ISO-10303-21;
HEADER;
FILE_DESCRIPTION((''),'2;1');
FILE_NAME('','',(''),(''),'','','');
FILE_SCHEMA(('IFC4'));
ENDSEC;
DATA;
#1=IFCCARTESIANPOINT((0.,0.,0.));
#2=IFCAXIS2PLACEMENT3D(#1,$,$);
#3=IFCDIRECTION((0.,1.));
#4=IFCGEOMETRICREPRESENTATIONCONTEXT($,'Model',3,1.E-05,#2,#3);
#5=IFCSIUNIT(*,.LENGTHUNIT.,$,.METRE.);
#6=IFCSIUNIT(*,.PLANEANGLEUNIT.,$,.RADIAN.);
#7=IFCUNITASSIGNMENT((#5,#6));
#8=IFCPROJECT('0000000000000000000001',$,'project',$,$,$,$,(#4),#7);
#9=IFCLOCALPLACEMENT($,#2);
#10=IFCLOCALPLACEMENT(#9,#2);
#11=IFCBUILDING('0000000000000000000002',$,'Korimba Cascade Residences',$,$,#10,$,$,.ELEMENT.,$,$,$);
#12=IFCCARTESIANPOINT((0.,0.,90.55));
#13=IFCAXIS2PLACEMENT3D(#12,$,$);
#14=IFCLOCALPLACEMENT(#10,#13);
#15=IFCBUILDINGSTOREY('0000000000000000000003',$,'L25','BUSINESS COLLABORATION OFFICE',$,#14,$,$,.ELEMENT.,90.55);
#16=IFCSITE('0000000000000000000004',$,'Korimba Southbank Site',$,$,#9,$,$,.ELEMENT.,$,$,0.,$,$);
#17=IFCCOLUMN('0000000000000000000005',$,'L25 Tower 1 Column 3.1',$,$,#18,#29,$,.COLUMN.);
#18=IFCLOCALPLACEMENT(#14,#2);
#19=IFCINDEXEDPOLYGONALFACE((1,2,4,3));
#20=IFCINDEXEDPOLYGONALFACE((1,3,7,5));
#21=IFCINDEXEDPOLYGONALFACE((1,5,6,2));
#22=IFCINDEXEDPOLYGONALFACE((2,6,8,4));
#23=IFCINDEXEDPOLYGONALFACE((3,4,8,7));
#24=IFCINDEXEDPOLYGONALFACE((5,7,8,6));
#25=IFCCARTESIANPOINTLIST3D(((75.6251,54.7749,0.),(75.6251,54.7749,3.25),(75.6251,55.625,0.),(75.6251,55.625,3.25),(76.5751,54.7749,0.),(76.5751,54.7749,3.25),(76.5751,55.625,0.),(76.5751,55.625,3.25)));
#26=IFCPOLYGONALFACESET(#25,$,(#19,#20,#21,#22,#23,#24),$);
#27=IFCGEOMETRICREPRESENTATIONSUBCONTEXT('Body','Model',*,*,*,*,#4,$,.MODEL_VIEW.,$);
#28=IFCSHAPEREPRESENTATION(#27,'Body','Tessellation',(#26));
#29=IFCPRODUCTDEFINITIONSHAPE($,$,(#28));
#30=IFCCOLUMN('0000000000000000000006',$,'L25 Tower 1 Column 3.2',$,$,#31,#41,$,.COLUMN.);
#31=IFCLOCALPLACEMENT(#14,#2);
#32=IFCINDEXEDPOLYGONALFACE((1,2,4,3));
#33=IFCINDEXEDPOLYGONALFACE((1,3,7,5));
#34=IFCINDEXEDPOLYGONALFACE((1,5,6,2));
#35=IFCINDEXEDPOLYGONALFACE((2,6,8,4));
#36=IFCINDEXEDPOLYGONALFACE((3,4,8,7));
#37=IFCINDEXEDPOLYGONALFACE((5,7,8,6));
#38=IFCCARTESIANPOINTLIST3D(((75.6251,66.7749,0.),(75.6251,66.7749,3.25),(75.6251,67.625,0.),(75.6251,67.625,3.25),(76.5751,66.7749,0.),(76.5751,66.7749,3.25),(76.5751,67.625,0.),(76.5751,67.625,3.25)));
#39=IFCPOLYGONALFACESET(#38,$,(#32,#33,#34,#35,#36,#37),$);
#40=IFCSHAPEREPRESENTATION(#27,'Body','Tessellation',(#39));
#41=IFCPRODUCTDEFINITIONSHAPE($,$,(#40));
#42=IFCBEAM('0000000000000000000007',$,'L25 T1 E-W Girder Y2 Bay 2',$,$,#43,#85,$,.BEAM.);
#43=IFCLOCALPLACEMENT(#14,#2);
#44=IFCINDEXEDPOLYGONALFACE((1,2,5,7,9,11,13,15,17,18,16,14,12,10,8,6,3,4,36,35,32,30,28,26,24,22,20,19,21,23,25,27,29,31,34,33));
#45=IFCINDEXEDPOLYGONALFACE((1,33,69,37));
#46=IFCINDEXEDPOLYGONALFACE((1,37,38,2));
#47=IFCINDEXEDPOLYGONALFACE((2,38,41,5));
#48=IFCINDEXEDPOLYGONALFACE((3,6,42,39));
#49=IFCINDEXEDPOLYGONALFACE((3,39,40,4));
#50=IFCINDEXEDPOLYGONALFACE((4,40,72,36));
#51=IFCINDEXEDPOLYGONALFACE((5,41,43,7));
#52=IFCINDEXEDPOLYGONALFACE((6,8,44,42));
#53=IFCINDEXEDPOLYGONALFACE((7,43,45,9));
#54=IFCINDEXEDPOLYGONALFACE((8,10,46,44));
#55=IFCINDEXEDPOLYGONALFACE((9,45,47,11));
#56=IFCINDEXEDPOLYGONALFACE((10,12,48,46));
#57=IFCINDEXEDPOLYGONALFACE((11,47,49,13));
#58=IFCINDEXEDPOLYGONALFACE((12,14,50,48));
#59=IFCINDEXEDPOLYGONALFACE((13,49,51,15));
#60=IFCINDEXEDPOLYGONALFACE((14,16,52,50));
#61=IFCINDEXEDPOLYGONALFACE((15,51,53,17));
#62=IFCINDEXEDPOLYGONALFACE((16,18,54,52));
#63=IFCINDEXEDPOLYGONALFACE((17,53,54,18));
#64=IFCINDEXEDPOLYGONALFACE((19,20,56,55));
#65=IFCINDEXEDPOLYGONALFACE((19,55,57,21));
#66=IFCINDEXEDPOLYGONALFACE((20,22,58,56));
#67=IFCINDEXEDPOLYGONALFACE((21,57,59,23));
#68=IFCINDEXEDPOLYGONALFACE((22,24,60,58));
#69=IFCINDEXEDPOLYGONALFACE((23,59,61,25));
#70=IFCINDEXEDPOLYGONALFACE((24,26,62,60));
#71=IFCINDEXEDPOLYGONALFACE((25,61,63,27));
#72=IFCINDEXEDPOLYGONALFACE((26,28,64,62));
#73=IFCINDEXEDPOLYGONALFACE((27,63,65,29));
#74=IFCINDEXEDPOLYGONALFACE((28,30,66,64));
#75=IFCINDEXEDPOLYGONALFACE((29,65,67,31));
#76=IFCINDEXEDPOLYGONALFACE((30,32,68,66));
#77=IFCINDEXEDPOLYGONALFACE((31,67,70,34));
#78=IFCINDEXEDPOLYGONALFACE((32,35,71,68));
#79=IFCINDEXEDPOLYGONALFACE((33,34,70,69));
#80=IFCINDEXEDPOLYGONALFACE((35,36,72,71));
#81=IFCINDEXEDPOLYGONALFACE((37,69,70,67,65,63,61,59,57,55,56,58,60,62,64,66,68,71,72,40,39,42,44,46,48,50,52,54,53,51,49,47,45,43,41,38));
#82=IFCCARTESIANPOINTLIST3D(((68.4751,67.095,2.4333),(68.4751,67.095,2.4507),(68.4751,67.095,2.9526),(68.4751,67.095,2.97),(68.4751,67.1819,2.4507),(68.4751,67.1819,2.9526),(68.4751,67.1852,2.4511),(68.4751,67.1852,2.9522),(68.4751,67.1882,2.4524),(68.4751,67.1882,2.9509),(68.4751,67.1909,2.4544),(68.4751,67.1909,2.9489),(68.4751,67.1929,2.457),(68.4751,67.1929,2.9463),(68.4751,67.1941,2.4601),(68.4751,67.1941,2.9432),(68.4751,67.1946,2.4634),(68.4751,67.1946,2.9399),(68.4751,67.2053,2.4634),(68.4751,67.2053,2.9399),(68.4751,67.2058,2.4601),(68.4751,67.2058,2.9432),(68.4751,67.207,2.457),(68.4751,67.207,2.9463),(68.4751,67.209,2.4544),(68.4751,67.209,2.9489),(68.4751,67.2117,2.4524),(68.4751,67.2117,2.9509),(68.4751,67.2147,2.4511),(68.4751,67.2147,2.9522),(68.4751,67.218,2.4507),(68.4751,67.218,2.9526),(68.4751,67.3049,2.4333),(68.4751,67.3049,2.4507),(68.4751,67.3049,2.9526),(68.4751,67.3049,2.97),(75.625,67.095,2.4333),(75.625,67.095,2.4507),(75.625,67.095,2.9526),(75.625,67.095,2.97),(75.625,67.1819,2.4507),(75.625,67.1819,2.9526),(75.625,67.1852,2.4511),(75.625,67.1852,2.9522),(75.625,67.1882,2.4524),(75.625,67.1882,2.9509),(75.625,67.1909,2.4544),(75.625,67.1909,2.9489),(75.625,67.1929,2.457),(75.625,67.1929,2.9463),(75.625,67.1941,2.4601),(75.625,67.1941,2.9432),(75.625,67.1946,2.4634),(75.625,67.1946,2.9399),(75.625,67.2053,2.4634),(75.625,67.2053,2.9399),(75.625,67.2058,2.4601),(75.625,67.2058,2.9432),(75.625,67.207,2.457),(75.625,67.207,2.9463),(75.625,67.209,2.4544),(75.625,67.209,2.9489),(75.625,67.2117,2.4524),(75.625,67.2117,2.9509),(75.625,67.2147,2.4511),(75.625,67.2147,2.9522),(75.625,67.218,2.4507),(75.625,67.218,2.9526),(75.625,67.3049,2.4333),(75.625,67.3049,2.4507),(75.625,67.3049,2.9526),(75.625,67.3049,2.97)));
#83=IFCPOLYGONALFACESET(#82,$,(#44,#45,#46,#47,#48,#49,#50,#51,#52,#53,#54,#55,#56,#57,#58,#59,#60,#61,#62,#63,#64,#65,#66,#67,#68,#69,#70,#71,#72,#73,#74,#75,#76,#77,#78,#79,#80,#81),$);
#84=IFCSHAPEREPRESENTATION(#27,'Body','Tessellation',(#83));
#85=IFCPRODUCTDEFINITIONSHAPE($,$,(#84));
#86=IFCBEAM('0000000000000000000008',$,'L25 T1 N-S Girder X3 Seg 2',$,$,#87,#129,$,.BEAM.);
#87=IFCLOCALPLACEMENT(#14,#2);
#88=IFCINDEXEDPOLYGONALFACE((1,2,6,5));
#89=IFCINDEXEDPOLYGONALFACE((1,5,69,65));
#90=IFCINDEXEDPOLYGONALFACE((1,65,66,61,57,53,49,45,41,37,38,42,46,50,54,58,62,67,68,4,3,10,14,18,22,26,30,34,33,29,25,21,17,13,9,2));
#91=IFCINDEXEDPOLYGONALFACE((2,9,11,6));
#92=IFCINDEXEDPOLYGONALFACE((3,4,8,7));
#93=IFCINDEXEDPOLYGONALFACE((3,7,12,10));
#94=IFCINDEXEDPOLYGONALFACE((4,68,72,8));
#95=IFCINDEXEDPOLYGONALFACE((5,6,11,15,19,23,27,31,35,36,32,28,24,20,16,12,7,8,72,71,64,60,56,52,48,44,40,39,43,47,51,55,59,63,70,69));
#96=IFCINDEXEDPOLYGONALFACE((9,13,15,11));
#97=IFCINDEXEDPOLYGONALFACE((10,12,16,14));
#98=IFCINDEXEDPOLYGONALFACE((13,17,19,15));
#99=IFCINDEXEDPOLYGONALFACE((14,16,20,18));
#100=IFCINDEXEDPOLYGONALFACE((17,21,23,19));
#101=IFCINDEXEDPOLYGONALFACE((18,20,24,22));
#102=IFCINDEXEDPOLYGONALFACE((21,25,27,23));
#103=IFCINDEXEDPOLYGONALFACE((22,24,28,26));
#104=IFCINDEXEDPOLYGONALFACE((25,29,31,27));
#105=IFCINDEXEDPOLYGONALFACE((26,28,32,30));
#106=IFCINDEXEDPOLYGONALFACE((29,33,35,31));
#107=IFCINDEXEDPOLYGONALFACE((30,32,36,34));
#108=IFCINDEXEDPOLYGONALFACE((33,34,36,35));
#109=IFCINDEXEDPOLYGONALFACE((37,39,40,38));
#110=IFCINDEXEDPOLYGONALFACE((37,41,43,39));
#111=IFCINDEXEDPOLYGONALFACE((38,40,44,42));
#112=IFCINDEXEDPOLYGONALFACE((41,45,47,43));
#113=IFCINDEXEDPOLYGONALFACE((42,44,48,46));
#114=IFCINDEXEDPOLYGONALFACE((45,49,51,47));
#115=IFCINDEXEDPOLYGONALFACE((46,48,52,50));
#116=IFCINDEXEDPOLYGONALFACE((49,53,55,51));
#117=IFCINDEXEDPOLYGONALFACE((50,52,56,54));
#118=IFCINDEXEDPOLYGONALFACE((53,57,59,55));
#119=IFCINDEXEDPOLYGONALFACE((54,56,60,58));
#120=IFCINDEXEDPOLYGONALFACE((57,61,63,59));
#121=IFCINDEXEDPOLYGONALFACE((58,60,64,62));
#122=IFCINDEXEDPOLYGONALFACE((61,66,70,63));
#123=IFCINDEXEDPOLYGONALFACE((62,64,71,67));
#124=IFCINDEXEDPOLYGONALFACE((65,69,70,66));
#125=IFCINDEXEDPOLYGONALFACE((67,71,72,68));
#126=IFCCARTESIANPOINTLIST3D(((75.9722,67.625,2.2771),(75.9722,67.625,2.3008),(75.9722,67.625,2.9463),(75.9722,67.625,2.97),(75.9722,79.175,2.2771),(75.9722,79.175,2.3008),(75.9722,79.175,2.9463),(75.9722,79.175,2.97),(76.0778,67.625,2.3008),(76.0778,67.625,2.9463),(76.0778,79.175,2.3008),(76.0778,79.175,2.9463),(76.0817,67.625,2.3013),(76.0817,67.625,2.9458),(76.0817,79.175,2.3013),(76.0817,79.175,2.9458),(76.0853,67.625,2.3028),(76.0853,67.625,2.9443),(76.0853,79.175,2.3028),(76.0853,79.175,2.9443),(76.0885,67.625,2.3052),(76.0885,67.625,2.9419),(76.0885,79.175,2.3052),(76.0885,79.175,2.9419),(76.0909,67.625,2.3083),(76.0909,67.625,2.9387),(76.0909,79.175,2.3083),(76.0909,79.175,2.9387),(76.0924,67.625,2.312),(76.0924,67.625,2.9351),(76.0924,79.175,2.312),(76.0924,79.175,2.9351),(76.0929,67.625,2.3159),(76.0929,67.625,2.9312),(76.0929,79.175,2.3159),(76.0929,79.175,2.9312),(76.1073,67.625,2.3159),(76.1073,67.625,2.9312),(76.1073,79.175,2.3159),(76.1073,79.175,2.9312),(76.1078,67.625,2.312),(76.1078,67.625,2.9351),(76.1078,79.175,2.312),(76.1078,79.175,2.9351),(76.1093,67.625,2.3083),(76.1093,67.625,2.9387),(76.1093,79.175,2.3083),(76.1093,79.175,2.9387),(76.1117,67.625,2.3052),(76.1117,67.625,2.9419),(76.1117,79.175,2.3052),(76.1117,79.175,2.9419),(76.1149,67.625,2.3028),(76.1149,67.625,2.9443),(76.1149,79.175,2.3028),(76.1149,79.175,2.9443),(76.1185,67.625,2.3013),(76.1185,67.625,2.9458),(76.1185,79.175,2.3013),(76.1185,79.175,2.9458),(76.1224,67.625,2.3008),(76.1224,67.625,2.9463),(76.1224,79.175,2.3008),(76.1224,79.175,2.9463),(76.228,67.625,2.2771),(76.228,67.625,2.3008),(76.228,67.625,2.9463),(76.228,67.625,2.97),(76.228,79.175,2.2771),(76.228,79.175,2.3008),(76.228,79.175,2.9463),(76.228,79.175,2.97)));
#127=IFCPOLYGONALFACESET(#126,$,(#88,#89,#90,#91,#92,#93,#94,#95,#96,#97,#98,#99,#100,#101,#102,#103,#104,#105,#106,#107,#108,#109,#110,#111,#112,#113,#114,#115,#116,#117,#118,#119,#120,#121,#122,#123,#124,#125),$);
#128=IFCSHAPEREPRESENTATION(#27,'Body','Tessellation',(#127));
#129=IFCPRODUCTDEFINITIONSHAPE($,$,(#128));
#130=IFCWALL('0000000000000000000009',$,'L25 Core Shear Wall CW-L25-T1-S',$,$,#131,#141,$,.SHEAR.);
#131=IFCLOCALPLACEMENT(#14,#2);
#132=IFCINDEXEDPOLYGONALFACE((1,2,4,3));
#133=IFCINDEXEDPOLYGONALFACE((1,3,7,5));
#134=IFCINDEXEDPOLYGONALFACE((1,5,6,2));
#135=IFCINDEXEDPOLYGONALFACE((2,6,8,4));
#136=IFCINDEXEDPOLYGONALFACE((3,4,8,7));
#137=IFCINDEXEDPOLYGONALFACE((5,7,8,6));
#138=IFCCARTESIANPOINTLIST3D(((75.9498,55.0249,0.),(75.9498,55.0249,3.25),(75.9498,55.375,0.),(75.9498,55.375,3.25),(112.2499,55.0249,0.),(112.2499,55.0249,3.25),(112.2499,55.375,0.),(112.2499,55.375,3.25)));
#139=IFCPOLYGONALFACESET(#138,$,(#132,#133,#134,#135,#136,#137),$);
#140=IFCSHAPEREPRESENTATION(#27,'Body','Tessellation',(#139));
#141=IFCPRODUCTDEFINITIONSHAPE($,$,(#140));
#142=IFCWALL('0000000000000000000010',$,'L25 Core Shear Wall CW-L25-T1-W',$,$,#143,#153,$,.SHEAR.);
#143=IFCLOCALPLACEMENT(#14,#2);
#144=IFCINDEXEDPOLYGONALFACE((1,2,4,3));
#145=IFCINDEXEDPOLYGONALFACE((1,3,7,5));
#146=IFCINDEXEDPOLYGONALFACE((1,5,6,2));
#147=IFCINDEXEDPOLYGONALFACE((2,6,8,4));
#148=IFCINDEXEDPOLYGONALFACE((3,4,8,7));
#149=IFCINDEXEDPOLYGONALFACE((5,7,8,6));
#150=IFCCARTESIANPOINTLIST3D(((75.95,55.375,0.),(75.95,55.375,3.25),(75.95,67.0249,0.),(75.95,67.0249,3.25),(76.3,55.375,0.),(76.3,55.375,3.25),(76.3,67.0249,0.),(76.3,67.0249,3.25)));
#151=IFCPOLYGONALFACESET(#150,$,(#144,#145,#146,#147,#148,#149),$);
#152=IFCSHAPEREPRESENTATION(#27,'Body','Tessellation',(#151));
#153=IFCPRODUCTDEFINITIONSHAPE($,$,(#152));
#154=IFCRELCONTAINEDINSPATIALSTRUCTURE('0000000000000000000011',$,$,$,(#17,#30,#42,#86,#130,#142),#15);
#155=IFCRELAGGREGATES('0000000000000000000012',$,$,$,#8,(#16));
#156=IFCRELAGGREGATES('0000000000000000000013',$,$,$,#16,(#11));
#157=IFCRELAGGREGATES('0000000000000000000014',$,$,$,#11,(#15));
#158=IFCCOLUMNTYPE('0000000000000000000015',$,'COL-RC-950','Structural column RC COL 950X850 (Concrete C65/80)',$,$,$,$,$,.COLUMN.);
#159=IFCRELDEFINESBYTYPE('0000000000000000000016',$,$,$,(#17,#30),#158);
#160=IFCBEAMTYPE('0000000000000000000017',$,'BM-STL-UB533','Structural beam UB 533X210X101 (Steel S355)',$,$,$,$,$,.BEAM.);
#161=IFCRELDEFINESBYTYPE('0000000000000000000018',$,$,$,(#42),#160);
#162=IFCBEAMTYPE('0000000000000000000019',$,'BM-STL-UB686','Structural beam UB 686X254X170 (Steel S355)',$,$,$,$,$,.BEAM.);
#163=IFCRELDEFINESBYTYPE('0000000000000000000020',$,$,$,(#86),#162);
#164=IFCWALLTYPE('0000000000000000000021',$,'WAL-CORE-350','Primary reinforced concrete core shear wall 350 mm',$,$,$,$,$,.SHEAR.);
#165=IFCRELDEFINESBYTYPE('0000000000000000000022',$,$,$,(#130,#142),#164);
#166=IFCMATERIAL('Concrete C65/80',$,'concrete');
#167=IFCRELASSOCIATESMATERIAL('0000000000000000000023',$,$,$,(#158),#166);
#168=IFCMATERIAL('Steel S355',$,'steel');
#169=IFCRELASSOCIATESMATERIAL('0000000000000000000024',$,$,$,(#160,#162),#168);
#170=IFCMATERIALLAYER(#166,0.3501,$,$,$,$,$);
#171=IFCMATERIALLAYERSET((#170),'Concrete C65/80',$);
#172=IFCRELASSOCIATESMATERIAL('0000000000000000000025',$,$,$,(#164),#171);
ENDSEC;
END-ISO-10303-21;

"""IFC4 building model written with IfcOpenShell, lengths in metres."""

from ifc_helpers import new_model, si_unit, direction, frame, frame_2d, origin, origin_2d, place, context, subcontext, project, spatial, rectangle, i_section, extrude, material, layer, layer_set, material_profile, profile_set, type_object, element, save


model = new_model("IFC4")

# Units and contexts
model_context = context("Model", 3, precision=1e-05, world=origin(), true_north=direction((0.0, 1.0)))
body_context = subcontext(model_context, "Body", "Model", "MODEL_VIEW")
ifc_project = project(units=[si_unit("LENGTHUNIT", "METRE"), si_unit("PLANEANGLEUNIT", "RADIAN")], contexts=[model_context])

# Site, building, storey
site_placement = place(None, origin())
site = spatial("IfcSite", under=ifc_project, at=site_placement, Name="Korimba Southbank Site", CompositionType="ELEMENT", RefElevation=0.0)
building_placement = place(site_placement, origin())
building = spatial("IfcBuilding", under=site, at=building_placement, Name="Korimba Cascade Residences", CompositionType="ELEMENT")
storey_placement = place(building_placement, frame((0.0, 0.0, 90.55)))
storey = spatial("IfcBuildingStorey", under=building, at=storey_placement, Name="L25", Description="BUSINESS COLLABORATION OFFICE", CompositionType="ELEMENT", Elevation=90.55)

# Columns
ifc_material_1 = material(Name="Concrete C65/80", Category="concrete")
ifc_material_profile_1 = material_profile(ifc_material_1, rectangle(XDim=0.95, YDim=0.8501, at=origin_2d()), Name="Concrete C65/80")
ifc_profile_set_1 = profile_set([ifc_material_profile_1], Name="Concrete C65/80")
column_type = type_object("IfcColumnType", Name="COL-RC-950", Description="Structural column RC COL 950X850 (Concrete C65/80)", PredefinedType="COLUMN", material=ifc_profile_set_1)
for number, where, z_axis, x_axis, name in (
    (1, (76.1001, 55.2, 0.0), (0.0, 0.0, 1.0), (1.0, 0.0, 0.0), "L25 Tower 1 Column 3.1"),
    (2, (76.1001, 67.2, 0.0), (0.0, 0.0, 1.0), (1.0, 0.0, 0.0), "L25 Tower 1 Column 3.2"),
):
    element("IfcColumn", number, at=place(storey_placement, frame(where, z_axis=z_axis, x_axis=x_axis)), inside=storey, type_object=column_type, Name=name, PredefinedType="COLUMN", context=body_context, shape_type="SweptSolid", body=[
        extrude(rectangle(XDim=0.95, YDim=0.8501, at=origin_2d()), origin(), (0.0, 0.0, 1.0), 3.25),
    ])

# Beams
ifc_material_2 = material(Name="Steel S355", Category="steel")
ifc_material_profile_2 = material_profile(ifc_material_2, i_section(OverallWidth=0.21, OverallDepth=0.5366, WebThickness=0.0107, FlangeThickness=0.0173, FilletRadius=0.0127, at=origin_2d()), Name="Steel S355")
ifc_profile_set_2 = profile_set([ifc_material_profile_2], Name="Steel S355")
beam_type_1 = type_object("IfcBeamType", Name="BM-STL-UB533", Description="Structural beam UB 533X210X101 (Steel S355)", PredefinedType="BEAM", material=ifc_profile_set_2)
beam_1_placement = place(storey_placement, frame((68.4751, 67.2, 2.7017), z_axis=(1.0, 0.0, 0.0), x_axis=(0.0, 1.0, 0.0)))
element("IfcBeam", 3, at=beam_1_placement, inside=storey, type_object=beam_type_1, Name="L25 T1 E-W Girder Y2 Bay 2", PredefinedType="BEAM", context=body_context, shape_type="SweptSolid", body=[
    extrude(i_section(OverallWidth=0.21, OverallDepth=0.5366, WebThickness=0.0107, FlangeThickness=0.0173, FilletRadius=0.0127, at=origin_2d()), origin(), (0.0, 0.0, 1.0), 7.1499),
])
ifc_material_profile_3 = material_profile(ifc_material_2, i_section(OverallWidth=0.2559, OverallDepth=0.6929, WebThickness=0.0144, FlangeThickness=0.0237, FilletRadius=0.0151, at=origin_2d()), Name="Steel S355")
ifc_profile_set_3 = profile_set([ifc_material_profile_3], Name="Steel S355")
beam_type_2 = type_object("IfcBeamType", Name="BM-STL-UB686", Description="Structural beam UB 686X254X170 (Steel S355)", PredefinedType="BEAM", material=ifc_profile_set_3)
beam_2_placement = place(storey_placement, frame((76.1001, 67.625, 2.6235), z_axis=(0.0, 1.0, 0.0), x_axis=(-1.0, 0.0, 0.0)))
element("IfcBeam", 4, at=beam_2_placement, inside=storey, type_object=beam_type_2, Name="L25 T1 N-S Girder X3 Seg 2", PredefinedType="BEAM", context=body_context, shape_type="SweptSolid", body=[
    extrude(i_section(OverallWidth=0.2559, OverallDepth=0.6929, WebThickness=0.0144, FlangeThickness=0.0237, FilletRadius=0.0151, at=origin_2d()), origin(), (0.0, 0.0, 1.0), 11.55),
])

# Walls
ifc_layer_1 = layer(ifc_material_1, 0.3501)
ifc_layer_set_1 = layer_set([ifc_layer_1], Name="Concrete C65/80")
wall_type_1 = type_object("IfcWallType", Name="WAL-CORE-350", Description="Primary reinforced concrete core shear wall 350 mm", PredefinedType="SHEAR", material=ifc_layer_set_1)
wall_1_placement = place(storey_placement, frame((75.95, 55.2, 0.0), z_axis=(0.0, 0.0, 1.0), x_axis=(1.0, 0.0, 0.0)))
element("IfcWall", 5, at=wall_1_placement, inside=storey, type_object=wall_type_1, Name="L25 Core Shear Wall CW-L25-T1-S", PredefinedType="SHEAR", context=body_context, shape_type="SweptSolid", body=[
    extrude(rectangle(XDim=36.3, YDim=0.3501, at=frame_2d((18.1499, 0.0))), origin(), (0.0, 0.0, 1.0), 3.25),
])
wall_2_placement = place(storey_placement, frame((76.125, 55.375, 0.0), z_axis=(0.0, 0.0, 1.0), x_axis=(0.0, 1.0, 0.0)))
element("IfcWall", 6, at=wall_2_placement, inside=storey, type_object=wall_type_1, Name="L25 Core Shear Wall CW-L25-T1-W", PredefinedType="SHEAR", context=body_context, shape_type="SweptSolid", body=[
    extrude(rectangle(XDim=11.6499, YDim=0.3501, at=frame_2d((5.825, 0.0))), origin(), (0.0, 0.0, 1.0), 3.25),
])

save(model, "model.ifc")
